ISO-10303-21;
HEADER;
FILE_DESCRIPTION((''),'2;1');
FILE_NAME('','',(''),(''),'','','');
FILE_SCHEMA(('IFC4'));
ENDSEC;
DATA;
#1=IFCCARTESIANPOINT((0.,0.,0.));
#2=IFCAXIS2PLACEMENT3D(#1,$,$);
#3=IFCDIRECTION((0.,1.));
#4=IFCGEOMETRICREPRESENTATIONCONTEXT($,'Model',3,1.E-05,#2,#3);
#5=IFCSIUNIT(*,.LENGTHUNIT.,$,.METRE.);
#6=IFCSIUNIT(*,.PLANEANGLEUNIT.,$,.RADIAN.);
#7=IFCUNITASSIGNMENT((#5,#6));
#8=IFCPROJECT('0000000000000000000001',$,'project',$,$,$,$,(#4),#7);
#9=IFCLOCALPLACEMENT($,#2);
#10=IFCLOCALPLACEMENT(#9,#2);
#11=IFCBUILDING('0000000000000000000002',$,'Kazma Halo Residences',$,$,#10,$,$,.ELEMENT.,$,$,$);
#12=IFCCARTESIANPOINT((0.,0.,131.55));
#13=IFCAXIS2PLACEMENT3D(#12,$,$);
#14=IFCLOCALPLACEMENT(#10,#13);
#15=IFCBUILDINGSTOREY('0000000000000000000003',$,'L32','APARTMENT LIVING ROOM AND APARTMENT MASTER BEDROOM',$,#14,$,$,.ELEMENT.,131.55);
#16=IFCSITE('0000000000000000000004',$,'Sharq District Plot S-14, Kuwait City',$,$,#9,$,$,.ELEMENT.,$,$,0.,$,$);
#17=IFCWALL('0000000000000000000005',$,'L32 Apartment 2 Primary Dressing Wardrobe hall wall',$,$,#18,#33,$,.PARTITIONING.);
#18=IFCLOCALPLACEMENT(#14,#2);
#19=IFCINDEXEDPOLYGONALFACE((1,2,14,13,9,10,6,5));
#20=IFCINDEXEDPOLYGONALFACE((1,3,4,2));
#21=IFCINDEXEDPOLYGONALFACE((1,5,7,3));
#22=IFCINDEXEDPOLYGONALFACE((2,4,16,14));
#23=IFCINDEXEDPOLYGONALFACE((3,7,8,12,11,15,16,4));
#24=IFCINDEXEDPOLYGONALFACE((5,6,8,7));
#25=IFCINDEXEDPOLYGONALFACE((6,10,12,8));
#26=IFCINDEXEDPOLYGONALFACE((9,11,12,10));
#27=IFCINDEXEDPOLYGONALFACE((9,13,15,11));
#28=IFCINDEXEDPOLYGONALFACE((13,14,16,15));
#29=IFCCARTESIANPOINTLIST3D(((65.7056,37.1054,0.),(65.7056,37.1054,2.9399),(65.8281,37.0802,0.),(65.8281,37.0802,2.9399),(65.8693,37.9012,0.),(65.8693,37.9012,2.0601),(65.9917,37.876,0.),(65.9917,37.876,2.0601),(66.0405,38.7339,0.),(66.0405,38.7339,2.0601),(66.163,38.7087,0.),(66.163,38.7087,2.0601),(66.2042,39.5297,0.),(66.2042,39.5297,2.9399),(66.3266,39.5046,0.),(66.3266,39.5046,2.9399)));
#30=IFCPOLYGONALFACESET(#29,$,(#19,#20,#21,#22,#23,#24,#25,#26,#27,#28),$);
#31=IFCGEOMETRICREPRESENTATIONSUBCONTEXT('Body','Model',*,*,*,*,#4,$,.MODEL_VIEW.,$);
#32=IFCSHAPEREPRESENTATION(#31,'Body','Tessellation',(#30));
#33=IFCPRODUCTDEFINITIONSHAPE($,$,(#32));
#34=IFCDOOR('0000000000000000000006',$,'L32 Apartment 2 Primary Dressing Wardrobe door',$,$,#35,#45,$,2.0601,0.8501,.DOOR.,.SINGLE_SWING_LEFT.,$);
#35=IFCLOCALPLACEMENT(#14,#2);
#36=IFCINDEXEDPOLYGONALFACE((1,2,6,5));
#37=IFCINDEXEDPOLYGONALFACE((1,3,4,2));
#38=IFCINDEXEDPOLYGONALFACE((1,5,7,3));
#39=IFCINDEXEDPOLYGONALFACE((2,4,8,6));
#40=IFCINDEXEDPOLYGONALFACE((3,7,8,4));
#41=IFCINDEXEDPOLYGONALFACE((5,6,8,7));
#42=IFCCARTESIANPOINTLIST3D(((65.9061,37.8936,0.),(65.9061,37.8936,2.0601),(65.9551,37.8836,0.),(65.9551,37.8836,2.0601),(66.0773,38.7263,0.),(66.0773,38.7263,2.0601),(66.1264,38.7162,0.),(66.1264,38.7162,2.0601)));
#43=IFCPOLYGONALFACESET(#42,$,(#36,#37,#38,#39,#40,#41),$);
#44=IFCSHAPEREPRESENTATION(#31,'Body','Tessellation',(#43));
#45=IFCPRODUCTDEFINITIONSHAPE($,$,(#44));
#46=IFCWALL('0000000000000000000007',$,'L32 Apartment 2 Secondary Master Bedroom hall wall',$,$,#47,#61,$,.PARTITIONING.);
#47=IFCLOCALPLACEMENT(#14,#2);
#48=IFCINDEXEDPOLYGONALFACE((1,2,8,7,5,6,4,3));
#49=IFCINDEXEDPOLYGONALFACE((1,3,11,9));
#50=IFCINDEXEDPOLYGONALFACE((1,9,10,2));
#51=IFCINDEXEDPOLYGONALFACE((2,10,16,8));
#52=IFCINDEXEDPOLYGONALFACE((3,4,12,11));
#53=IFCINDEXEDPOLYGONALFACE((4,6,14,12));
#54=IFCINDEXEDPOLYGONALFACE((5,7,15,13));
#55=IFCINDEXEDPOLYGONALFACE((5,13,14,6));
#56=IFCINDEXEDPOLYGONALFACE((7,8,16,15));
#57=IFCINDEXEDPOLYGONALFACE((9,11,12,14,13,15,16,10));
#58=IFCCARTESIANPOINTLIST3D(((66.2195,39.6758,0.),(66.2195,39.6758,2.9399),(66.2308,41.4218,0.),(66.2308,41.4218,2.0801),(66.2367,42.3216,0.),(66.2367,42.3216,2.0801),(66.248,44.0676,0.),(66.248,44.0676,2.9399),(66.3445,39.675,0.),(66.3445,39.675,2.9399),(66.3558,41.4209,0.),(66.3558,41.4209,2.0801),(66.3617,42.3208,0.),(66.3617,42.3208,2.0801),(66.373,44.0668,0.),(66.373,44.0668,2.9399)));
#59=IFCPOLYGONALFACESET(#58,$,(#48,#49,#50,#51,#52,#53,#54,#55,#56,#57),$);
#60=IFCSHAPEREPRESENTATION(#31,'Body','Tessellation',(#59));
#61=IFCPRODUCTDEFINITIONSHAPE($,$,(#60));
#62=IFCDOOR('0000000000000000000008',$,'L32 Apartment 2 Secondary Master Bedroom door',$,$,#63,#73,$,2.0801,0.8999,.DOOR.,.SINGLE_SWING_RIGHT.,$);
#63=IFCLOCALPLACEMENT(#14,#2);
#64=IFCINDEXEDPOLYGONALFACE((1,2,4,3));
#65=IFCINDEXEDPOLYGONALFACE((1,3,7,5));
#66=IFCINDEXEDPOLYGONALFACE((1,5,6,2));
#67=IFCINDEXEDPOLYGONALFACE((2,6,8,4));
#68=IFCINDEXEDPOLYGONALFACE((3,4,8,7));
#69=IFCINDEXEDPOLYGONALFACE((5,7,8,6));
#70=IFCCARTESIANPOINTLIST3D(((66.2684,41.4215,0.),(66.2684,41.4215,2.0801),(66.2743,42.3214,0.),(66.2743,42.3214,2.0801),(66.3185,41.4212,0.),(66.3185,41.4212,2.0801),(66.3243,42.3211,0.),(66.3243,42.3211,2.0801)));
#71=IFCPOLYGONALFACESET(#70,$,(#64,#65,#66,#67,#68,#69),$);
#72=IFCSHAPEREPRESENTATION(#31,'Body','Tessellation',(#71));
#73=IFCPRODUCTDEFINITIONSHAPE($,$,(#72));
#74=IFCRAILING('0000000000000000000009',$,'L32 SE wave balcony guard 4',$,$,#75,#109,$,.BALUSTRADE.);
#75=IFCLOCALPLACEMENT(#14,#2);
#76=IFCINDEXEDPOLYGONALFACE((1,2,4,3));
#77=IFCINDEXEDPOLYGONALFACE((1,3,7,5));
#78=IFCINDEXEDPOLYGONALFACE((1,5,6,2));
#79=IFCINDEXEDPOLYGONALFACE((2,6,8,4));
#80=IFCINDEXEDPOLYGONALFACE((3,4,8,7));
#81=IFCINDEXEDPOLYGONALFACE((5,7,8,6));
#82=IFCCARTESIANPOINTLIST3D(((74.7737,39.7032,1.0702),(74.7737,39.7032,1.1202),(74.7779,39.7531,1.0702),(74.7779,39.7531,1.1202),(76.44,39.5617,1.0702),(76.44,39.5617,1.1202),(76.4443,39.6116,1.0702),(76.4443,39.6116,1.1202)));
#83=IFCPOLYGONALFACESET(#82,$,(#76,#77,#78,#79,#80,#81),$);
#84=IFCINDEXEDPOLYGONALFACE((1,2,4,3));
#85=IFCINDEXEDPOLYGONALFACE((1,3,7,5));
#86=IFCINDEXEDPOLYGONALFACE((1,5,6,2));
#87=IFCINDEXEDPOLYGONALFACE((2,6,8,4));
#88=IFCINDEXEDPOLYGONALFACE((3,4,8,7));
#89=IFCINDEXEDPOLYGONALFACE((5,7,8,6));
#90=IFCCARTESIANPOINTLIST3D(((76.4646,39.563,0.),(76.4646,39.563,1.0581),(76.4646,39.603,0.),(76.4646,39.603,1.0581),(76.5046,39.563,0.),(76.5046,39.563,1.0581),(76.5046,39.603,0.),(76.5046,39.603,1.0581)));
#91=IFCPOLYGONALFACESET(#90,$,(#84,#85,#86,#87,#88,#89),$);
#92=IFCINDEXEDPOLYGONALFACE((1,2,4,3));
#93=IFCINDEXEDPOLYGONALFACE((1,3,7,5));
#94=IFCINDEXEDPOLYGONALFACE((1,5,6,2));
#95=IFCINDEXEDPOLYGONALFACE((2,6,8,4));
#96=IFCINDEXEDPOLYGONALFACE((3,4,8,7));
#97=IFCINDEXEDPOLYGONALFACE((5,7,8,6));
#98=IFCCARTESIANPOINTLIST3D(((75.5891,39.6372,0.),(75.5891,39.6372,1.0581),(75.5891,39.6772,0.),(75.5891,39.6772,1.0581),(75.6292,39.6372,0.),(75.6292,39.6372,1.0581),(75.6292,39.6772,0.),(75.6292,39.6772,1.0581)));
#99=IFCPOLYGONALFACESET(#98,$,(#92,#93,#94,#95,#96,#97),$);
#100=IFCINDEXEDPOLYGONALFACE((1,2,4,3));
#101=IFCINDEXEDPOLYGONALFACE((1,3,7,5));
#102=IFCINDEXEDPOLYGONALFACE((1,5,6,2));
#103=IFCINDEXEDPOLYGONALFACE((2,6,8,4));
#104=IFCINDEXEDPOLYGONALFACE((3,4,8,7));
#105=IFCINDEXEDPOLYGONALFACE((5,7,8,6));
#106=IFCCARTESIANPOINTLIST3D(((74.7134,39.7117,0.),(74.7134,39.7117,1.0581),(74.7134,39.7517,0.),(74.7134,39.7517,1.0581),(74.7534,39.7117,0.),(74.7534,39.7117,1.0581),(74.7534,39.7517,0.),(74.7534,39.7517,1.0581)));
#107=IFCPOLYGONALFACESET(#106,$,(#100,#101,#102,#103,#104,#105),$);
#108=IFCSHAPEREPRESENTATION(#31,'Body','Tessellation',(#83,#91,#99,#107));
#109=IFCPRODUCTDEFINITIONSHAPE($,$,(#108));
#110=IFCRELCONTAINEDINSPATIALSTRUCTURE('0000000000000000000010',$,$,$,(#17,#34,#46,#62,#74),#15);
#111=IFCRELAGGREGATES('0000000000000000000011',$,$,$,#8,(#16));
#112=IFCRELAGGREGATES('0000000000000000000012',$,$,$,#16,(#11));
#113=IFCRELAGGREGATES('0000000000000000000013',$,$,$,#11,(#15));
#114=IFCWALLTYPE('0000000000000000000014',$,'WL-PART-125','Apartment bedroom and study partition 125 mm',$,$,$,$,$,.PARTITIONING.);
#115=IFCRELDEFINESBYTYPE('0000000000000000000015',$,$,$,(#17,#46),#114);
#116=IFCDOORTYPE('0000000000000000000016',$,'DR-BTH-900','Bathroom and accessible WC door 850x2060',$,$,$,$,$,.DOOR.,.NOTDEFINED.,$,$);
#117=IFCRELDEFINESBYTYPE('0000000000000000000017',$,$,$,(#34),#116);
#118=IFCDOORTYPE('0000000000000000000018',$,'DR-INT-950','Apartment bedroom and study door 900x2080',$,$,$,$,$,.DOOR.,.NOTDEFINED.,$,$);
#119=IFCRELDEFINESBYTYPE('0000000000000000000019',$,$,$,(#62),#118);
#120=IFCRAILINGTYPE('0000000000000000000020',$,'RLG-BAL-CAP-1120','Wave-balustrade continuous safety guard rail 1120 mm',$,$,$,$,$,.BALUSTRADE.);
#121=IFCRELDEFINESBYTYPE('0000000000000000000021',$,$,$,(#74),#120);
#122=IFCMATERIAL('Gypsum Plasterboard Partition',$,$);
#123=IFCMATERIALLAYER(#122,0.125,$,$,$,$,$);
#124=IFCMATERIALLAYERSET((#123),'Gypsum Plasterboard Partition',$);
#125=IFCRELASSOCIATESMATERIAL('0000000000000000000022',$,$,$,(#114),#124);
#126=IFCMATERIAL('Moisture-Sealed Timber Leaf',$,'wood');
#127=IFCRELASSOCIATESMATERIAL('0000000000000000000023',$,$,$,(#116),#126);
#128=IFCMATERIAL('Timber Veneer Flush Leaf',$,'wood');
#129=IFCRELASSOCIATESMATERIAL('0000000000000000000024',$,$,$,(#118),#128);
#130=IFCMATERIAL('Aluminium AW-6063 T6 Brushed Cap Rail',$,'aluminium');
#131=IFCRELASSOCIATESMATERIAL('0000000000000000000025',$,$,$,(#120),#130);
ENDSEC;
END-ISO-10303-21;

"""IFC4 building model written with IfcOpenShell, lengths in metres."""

from ifc_helpers import new_model, si_unit, direction, frame, frame_2d, origin, origin_2d, place, context, subcontext, project, spatial, rectangle, extrude, material, layer, layer_set, type_object, element, fill, save


model = new_model("IFC4")

# Units and contexts
model_context = context("Model", 3, precision=1e-05, world=origin(), true_north=direction((0.0, 1.0)))
body_context = subcontext(model_context, "Body", "Model", "MODEL_VIEW")
ifc_project = project(units=[si_unit("LENGTHUNIT", "METRE"), si_unit("PLANEANGLEUNIT", "RADIAN")], contexts=[model_context])

# Site, building, storey
site_placement = place(None, origin())
site = spatial("IfcSite", under=ifc_project, at=site_placement, Name="Sharq District Plot S-14, Kuwait City", CompositionType="ELEMENT", RefElevation=0.0)
building_placement = place(site_placement, origin())
building = spatial("IfcBuilding", under=site, at=building_placement, Name="Kazma Halo Residences", CompositionType="ELEMENT")
storey_placement = place(building_placement, frame((0.0, 0.0, 131.55)))
storey = spatial("IfcBuildingStorey", under=building, at=storey_placement, Name="L32", Description="APARTMENT LIVING ROOM AND APARTMENT MASTER BEDROOM", CompositionType="ELEMENT", Elevation=131.55)

# Shared definitions
ifc_material_1 = material(Name="Gypsum Plasterboard Partition")
ifc_layer_1 = layer(ifc_material_1, 0.125)
ifc_layer_set_1 = layer_set([ifc_layer_1], Name="Gypsum Plasterboard Partition")
wall_type_1 = type_object("IfcWallType", Name="WL-PART-125", Description="Apartment bedroom and study partition 125 mm", PredefinedType="PARTITIONING", material=ifc_layer_set_1)

# Walls, openings, doors
wall_1_placement = place(storey_placement, frame((65.7668, 37.0928, 0.0), z_axis=(0.0, 0.0, 1.0), x_axis=(0.201425, 0.979504, 0.0)))
wall_1 = element("IfcWall", 1, at=wall_1_placement, inside=storey, type_object=wall_type_1, Name="L32 Apartment 2 Primary Dressing Wardrobe hall wall", PredefinedType="PARTITIONING", context=body_context, shape_type="SweptSolid", body=[
    extrude(rectangle(XDim=2.4751, YDim=0.125, at=frame_2d((1.2375, 0.0))), origin(), (0.0, 0.0, 1.0), 2.9399),
])
opening_1_placement = place(wall_1_placement, frame((0.8125, 0.0, 0.0)))
opening_1 = element("IfcOpeningElement", 2, at=opening_1_placement, cuts=wall_1, PredefinedType="OPENING", context=body_context, shape_type="SweptSolid", body=[
    extrude(rectangle(XDim=0.8501, YDim=2.0601, at=frame_2d((0.425, 1.03))), frame((0.0, 0.0725, 0.0), z_axis=(0.0, -1.0, 0.0), x_axis=(1.0, 0.0, 0.0)), (0.0, 0.0, 1.0), 0.145),
])
ifc_material_2 = material(Name="Moisture-Sealed Timber Leaf", Category="wood")
door_type_1 = type_object("IfcDoorType", Name="DR-BTH-900", Description="Bathroom and accessible WC door 850x2060", OperationType="NOTDEFINED", PredefinedType="DOOR", material=ifc_material_2)
door_1_placement = place(opening_1_placement, origin())
door_1 = element("IfcDoor", 3, at=door_1_placement, inside=storey, type_object=door_type_1, Name="L32 Apartment 2 Primary Dressing Wardrobe door", OperationType="SINGLE_SWING_LEFT", OverallHeight=2.0601, OverallWidth=0.8501, PredefinedType="DOOR", context=body_context, shape_type="SweptSolid", body=[
    extrude(rectangle(XDim=0.8501, YDim=2.0601, at=frame_2d((0.425, 1.03))), frame((0.0, 0.0249, 0.0), z_axis=(0.0, -1.0, 0.0), x_axis=(1.0, 0.0, 0.0)), (0.0, 0.0, 1.0), 0.05),
])
fill(opening_1, door_1)
wall_2_placement = place(storey_placement, frame((66.282, 39.6755, 0.0), z_axis=(0.0, 0.0, 1.0), x_axis=(0.006504, 0.999979, 0.0)))
wall_2 = element("IfcWall", 4, at=wall_2_placement, inside=storey, type_object=wall_type_1, Name="L32 Apartment 2 Secondary Master Bedroom hall wall", PredefinedType="PARTITIONING", context=body_context, shape_type="SweptSolid", body=[
    extrude(rectangle(XDim=4.3918, YDim=0.125, at=frame_2d((2.1958, 0.0))), origin(), (0.0, 0.0, 1.0), 2.9399),
])
opening_2_placement = place(wall_2_placement, frame((1.7458, 0.0, 0.0)))
opening_2 = element("IfcOpeningElement", 5, at=opening_2_placement, cuts=wall_2, PredefinedType="OPENING", context=body_context, shape_type="SweptSolid", body=[
    extrude(rectangle(XDim=0.8999, YDim=2.0801, at=frame_2d((0.45, 1.04))), frame((0.0, 0.0725, 0.0), z_axis=(0.0, -1.0, 0.0), x_axis=(1.0, 0.0, 0.0)), (0.0, 0.0, 1.0), 0.145),
])
ifc_material_3 = material(Name="Timber Veneer Flush Leaf", Category="wood")
door_type_2 = type_object("IfcDoorType", Name="DR-INT-950", Description="Apartment bedroom and study door 900x2080", OperationType="NOTDEFINED", PredefinedType="DOOR", material=ifc_material_3)
door_2_placement = place(opening_2_placement, origin())
door_2 = element("IfcDoor", 6, at=door_2_placement, inside=storey, type_object=door_type_2, Name="L32 Apartment 2 Secondary Master Bedroom door", OperationType="SINGLE_SWING_RIGHT", OverallHeight=2.0801, OverallWidth=0.8999, PredefinedType="DOOR", context=body_context, shape_type="SweptSolid", body=[
    extrude(rectangle(XDim=0.8999, YDim=2.0801, at=frame_2d((0.45, 1.04))), frame((0.0, 0.0249, 0.0), z_axis=(0.0, -1.0, 0.0), x_axis=(1.0, 0.0, 0.0)), (0.0, 0.0, 1.0), 0.05),
])
fill(opening_2, door_2)

# Railing
ifc_material_4 = material(Name="Aluminium AW-6063 T6 Brushed Cap Rail", Category="aluminium")
railing_type = type_object("IfcRailingType", Name="RLG-BAL-CAP-1120", Description="Wave-balustrade continuous safety guard rail 1120 mm", PredefinedType="BALUSTRADE", material=ifc_material_4)
railing_placement = place(storey_placement, frame((76.4846, 39.583, 0.0)))
element("IfcRailing", 7, at=railing_placement, inside=storey, type_object=railing_type, Name="L32 SE wave balcony guard 4", PredefinedType="BALUSTRADE", context=body_context, shape_type="SweptSolid", body=[
    extrude(rectangle(XDim=0.05, YDim=0.05, at=origin_2d()), frame((-0.0425, 0.0037, 1.0952), z_axis=(-0.996415, 0.084597, 0.0), x_axis=(-0.084597, -0.996415, 0.0)), (0.0, 0.0, 1.0), 1.6724),
    extrude(rectangle(XDim=0.04, YDim=0.04, at=origin_2d()), origin(), (0.0, 0.0, 1.0), 1.0581),
    extrude(rectangle(XDim=0.04, YDim=0.04, at=origin_2d()), frame((-0.8755, 0.0742, 0.0)), (0.0, 0.0, 1.0), 1.0581),
    extrude(rectangle(XDim=0.04, YDim=0.04, at=origin_2d()), frame((-1.7512, 0.1487, 0.0)), (0.0, 0.0, 1.0), 1.0581),
])

save(model, "model.ifc")
